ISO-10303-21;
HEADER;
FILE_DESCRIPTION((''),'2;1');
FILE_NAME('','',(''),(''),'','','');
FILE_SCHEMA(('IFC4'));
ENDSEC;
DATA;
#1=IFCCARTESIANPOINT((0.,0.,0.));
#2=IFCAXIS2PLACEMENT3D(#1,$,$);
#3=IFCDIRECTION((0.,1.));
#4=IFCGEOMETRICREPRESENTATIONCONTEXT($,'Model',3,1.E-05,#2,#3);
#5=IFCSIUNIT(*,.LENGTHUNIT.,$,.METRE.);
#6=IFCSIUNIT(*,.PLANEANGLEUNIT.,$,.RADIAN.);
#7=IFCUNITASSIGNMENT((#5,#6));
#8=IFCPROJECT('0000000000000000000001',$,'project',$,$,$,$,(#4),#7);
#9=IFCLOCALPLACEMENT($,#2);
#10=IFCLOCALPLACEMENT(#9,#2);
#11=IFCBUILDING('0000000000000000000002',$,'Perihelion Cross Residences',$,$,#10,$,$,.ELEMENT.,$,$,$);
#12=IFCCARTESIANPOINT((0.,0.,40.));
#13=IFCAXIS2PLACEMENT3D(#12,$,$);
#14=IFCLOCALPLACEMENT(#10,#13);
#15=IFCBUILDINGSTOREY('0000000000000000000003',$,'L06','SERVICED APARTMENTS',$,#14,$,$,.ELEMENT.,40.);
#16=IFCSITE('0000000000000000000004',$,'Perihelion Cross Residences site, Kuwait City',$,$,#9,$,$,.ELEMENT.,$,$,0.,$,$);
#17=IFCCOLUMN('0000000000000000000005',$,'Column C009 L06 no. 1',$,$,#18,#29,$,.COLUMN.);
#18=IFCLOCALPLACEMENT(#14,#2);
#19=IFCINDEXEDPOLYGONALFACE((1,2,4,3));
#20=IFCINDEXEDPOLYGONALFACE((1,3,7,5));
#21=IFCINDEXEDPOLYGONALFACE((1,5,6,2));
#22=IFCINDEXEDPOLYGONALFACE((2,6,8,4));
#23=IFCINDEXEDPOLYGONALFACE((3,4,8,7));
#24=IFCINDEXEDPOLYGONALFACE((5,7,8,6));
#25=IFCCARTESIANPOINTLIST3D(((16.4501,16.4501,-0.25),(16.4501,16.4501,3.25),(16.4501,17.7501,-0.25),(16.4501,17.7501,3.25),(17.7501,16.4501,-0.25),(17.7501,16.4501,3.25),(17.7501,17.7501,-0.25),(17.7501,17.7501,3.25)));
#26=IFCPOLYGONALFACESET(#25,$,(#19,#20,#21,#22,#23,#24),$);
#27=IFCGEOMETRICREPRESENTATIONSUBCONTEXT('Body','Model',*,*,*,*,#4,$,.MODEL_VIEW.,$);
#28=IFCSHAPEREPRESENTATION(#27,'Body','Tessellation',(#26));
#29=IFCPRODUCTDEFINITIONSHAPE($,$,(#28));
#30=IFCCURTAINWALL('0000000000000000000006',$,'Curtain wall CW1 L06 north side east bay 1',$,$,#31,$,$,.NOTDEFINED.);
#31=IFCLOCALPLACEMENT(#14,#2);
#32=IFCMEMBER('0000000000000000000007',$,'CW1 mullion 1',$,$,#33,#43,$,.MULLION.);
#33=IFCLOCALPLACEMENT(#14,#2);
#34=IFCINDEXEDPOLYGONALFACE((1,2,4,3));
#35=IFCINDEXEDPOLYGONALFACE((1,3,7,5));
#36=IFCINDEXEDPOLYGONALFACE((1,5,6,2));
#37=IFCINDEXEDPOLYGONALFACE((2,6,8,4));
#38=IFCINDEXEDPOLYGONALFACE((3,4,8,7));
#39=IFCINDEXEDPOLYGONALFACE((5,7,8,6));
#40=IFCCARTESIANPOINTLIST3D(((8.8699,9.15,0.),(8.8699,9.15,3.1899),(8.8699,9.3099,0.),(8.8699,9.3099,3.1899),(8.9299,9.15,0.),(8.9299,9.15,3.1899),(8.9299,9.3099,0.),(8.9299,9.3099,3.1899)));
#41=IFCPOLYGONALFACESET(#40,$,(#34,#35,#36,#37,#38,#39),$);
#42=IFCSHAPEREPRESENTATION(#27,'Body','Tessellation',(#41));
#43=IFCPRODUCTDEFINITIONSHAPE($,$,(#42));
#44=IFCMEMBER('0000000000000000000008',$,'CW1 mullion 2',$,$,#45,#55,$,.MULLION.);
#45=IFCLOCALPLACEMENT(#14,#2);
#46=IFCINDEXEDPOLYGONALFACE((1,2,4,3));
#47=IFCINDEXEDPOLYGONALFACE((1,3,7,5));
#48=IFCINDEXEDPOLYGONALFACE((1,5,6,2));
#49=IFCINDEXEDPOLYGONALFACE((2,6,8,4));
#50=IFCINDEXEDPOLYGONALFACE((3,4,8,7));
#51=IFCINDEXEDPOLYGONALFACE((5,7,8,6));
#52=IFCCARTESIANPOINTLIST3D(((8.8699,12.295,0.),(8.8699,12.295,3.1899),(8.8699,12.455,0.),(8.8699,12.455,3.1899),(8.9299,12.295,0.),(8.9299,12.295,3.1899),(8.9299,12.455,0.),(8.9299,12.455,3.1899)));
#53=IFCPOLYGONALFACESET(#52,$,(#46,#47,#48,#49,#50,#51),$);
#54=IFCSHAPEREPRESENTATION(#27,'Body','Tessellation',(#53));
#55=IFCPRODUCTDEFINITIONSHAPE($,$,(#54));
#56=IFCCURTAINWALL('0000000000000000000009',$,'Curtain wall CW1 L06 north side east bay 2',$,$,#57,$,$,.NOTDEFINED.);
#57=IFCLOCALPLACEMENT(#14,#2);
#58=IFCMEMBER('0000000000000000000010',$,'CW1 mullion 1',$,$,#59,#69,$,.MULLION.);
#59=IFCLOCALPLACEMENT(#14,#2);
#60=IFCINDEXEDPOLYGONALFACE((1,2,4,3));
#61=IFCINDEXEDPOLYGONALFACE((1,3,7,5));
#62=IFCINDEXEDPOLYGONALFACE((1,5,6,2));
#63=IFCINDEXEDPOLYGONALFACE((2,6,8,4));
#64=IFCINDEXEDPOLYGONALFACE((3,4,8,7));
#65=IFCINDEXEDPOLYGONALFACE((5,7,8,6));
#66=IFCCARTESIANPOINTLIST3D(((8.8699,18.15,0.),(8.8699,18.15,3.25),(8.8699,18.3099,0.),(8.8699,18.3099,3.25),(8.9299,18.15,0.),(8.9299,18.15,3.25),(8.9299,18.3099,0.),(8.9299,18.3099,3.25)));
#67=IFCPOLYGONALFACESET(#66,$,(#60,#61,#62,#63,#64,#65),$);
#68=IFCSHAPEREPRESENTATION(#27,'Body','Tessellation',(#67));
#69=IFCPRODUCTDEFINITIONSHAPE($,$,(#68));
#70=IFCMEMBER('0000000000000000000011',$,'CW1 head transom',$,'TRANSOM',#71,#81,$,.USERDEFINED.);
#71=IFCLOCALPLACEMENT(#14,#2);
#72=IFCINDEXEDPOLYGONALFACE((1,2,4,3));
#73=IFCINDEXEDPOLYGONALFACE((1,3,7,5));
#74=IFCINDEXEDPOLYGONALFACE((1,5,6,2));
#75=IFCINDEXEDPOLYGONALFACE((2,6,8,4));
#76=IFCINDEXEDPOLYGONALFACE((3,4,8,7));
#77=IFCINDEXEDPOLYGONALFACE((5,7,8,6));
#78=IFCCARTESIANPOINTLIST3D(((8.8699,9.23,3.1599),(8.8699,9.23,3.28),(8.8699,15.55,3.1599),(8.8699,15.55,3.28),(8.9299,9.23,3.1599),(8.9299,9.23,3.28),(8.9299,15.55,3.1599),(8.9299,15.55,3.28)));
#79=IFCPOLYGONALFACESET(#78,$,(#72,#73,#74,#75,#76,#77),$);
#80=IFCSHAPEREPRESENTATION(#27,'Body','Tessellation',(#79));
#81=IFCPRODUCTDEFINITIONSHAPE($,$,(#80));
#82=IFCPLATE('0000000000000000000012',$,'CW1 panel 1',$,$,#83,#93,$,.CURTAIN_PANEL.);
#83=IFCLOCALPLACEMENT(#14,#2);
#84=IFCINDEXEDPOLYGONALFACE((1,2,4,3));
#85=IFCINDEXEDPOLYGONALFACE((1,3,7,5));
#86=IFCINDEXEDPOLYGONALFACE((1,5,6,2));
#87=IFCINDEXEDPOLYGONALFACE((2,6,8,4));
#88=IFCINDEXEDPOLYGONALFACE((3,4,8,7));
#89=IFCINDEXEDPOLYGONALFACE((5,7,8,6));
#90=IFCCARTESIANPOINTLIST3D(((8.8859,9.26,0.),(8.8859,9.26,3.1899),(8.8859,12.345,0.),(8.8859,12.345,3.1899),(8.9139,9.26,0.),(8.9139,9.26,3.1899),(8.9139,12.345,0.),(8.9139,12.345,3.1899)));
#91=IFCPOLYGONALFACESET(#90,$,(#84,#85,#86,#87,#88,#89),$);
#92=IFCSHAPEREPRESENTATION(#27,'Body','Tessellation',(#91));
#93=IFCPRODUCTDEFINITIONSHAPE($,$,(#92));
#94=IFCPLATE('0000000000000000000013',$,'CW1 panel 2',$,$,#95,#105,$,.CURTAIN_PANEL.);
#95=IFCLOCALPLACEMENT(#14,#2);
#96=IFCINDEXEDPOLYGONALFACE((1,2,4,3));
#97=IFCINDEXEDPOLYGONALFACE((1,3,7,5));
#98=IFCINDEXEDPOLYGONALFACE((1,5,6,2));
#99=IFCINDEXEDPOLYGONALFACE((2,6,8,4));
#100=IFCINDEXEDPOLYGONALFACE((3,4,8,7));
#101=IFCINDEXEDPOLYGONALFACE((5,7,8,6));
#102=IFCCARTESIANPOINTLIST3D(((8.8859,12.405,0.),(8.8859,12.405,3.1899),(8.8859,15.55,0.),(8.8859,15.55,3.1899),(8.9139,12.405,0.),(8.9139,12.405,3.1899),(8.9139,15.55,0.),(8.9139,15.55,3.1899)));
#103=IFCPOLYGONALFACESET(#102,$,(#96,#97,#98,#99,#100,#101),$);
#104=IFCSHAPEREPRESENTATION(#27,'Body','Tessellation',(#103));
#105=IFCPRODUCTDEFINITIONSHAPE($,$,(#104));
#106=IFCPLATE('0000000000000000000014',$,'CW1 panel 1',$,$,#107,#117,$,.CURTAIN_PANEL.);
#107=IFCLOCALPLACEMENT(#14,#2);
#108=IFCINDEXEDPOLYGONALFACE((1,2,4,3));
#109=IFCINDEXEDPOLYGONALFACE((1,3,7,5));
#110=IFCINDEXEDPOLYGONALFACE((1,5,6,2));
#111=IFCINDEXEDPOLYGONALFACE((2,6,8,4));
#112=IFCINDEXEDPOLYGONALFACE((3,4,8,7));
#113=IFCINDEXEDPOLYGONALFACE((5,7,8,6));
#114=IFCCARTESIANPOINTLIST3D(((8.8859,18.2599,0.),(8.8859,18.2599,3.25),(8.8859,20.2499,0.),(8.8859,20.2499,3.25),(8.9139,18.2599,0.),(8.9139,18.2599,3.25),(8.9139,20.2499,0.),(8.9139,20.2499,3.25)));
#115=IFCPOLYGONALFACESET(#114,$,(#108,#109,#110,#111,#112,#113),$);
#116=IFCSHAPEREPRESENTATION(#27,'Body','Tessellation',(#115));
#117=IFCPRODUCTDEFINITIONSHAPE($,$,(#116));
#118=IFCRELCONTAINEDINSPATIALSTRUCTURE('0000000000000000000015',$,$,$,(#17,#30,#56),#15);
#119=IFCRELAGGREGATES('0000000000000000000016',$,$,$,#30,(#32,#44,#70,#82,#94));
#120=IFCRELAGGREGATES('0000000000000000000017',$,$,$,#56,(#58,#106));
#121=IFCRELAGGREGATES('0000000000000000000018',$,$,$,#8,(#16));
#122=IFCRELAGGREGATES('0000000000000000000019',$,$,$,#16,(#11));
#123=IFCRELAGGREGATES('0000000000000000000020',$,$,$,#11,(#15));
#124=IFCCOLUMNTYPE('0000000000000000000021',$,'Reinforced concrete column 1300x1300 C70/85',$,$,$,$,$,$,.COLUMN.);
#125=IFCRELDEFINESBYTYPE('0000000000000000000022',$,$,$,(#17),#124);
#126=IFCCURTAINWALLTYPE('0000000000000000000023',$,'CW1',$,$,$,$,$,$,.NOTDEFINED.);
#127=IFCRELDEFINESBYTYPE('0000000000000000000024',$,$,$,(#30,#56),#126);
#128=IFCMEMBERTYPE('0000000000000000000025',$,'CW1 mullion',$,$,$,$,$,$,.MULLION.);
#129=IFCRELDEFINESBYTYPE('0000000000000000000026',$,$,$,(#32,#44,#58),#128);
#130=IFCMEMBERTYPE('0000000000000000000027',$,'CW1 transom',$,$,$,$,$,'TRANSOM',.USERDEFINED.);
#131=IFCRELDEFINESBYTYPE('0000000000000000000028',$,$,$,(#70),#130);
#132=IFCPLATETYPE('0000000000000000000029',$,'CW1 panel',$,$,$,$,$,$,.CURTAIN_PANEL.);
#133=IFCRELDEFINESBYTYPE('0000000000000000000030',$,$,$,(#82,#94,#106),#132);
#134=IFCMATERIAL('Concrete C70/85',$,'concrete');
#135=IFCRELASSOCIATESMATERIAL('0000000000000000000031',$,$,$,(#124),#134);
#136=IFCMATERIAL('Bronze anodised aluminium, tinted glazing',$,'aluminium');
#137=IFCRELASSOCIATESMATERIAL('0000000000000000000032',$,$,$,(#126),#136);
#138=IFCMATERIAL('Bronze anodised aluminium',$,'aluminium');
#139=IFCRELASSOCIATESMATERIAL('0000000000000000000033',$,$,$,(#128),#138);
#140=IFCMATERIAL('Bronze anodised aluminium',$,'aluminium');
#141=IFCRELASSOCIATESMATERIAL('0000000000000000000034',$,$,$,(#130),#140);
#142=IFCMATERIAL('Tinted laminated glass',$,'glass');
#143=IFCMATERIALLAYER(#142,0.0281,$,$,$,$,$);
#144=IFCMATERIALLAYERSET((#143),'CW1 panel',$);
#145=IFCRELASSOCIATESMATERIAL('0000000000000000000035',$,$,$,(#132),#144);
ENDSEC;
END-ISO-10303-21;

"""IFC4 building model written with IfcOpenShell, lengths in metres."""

from ifc_helpers import new_model, si_unit, direction, frame, origin, origin_2d, place, context, subcontext, project, spatial, rectangle, extrude, material, layer, layer_set, material_profile, profile_set, type_object, element, aggregate, save


model = new_model("IFC4")

# Units and contexts
model_context = context("Model", 3, precision=1e-05, world=origin(), true_north=direction((0.0, 1.0)))
body_context = subcontext(model_context, "Body", "Model", "MODEL_VIEW")
ifc_project = project(units=[si_unit("LENGTHUNIT", "METRE"), si_unit("PLANEANGLEUNIT", "RADIAN")], contexts=[model_context])

# Site, building, storey
site_placement = place(None, origin())
site = spatial("IfcSite", under=ifc_project, at=site_placement, Name="Perihelion Cross Residences site, Kuwait City", CompositionType="ELEMENT", RefElevation=0.0)
building_placement = place(site_placement, origin())
building = spatial("IfcBuilding", under=site, at=building_placement, Name="Perihelion Cross Residences", CompositionType="ELEMENT")
storey_placement = place(building_placement, frame((0.0, 0.0, 40.0)))
storey = spatial("IfcBuildingStorey", under=building, at=storey_placement, Name="L06", Description="SERVICED APARTMENTS", CompositionType="ELEMENT", Elevation=40.0)

# Column
ifc_material_1 = material(Name="Concrete C70/85", Category="concrete")
ifc_material_profile_1 = material_profile(ifc_material_1, rectangle(XDim=1.3, YDim=1.3, at=origin_2d()), Name="RC 1300x1300")
ifc_profile_set_1 = profile_set([ifc_material_profile_1], Name="Concrete C70/85")
column_type = type_object("IfcColumnType", Name="Reinforced concrete column 1300x1300 C70/85", PredefinedType="COLUMN", material=ifc_profile_set_1)
column_placement = place(storey_placement, frame((17.1001, 17.1001, -0.25), z_axis=(0.0, 0.0, 1.0), x_axis=(1.0, 0.0, 0.0)))
element("IfcColumn", 1, at=column_placement, inside=storey, type_object=column_type, Name="Column C009 L06 no. 1", PredefinedType="COLUMN", context=body_context, shape_type="SweptSolid", body=[
    extrude(rectangle(XDim=1.3, YDim=1.3, at=origin_2d()), origin(), (0.0, 0.0, 1.0), 3.5),
])

# Curtain wall, members
ifc_material_2 = material(Name="Bronze anodised aluminium, tinted glazing", Category="aluminium")
curtain_wall_type = type_object("IfcCurtainWallType", Name="CW1", PredefinedType="NOTDEFINED", material=ifc_material_2)
curtain_wall_1_placement = place(storey_placement, origin())
curtain_wall_1 = element("IfcCurtainWall", 2, at=curtain_wall_1_placement, inside=storey, type_object=curtain_wall_type, Name="Curtain wall CW1 L06 north side east bay 1", PredefinedType="NOTDEFINED")
ifc_material_3 = material(Name="Bronze anodised aluminium", Category="aluminium")
ifc_material_profile_2 = material_profile(ifc_material_3, rectangle(XDim=0.0601, YDim=0.1599, at=origin_2d()), Name="CW1 mullion")
ifc_profile_set_2 = profile_set([ifc_material_profile_2], Name="Bronze anodised aluminium")
member_type_1 = type_object("IfcMemberType", Name="CW1 mullion", PredefinedType="MULLION", material=ifc_profile_set_2)
member_1_placement = place(storey_placement, frame((8.8999, 9.23, 0.0), z_axis=(0.0, 0.0, 1.0), x_axis=(-1.0, 0.0, 0.0)))
member_1 = element("IfcMember", 3, at=member_1_placement, type_object=member_type_1, Name="CW1 mullion 1", PredefinedType="MULLION", context=body_context, shape_type="SweptSolid", body=[
    extrude(rectangle(XDim=0.0601, YDim=0.1599, at=origin_2d()), origin(), (0.0, 0.0, 1.0), 3.1899),
])
member_2_placement = place(storey_placement, frame((8.8999, 12.375, 0.0), z_axis=(0.0, 0.0, 1.0), x_axis=(-1.0, 0.0, 0.0)))
member_2 = element("IfcMember", 4, at=member_2_placement, type_object=member_type_1, Name="CW1 mullion 2", PredefinedType="MULLION", context=body_context, shape_type="SweptSolid", body=[
    extrude(rectangle(XDim=0.0601, YDim=0.1599, at=origin_2d()), origin(), (0.0, 0.0, 1.0), 3.1899),
])

# Curtain wall, member
curtain_wall_2_placement = place(storey_placement, origin())
curtain_wall_2 = element("IfcCurtainWall", 5, at=curtain_wall_2_placement, inside=storey, type_object=curtain_wall_type, Name="Curtain wall CW1 L06 north side east bay 2", PredefinedType="NOTDEFINED")
member_3_placement = place(storey_placement, frame((8.8999, 18.23, 0.0), z_axis=(0.0, 0.0, 1.0), x_axis=(-1.0, 0.0, 0.0)))
member_3 = element("IfcMember", 6, at=member_3_placement, type_object=member_type_1, Name="CW1 mullion 1", PredefinedType="MULLION", context=body_context, shape_type="SweptSolid", body=[
    extrude(rectangle(XDim=0.0601, YDim=0.1599, at=origin_2d()), origin(), (0.0, 0.0, 1.0), 3.25),
])

# Member
ifc_material_4 = material(Name="Bronze anodised aluminium", Category="aluminium")
ifc_material_profile_3 = material_profile(ifc_material_4, rectangle(XDim=0.0601, YDim=0.1201, at=origin_2d()), Name="CW1 transom")
ifc_profile_set_3 = profile_set([ifc_material_profile_3], Name="Bronze anodised aluminium")
member_type_2 = type_object("IfcMemberType", Name="CW1 transom", ElementType="TRANSOM", PredefinedType="USERDEFINED", material=ifc_profile_set_3)
member_4_placement = place(storey_placement, frame((8.8999, 9.23, 3.22), z_axis=(0.0, 1.0, 0.0), x_axis=(-1.0, 0.0, 0.0)))
member_4 = element("IfcMember", 7, at=member_4_placement, type_object=member_type_2, Name="CW1 head transom", ObjectType="TRANSOM", PredefinedType="USERDEFINED", context=body_context, shape_type="SweptSolid", body=[
    extrude(rectangle(XDim=0.0601, YDim=0.1201, at=origin_2d()), origin(), (0.0, 0.0, 1.0), 6.3201),
])

# Plates
ifc_material_5 = material(Name="Tinted laminated glass", Category="glass")
ifc_layer_1 = layer(ifc_material_5, 0.0281)
ifc_layer_set_1 = layer_set([ifc_layer_1], Name="CW1 panel")
plate_type = type_object("IfcPlateType", Name="CW1 panel", PredefinedType="CURTAIN_PANEL", material=ifc_layer_set_1)
plate_1_placement = place(storey_placement, frame((8.8999, 10.8025, 0.0), z_axis=(0.0, 0.0, 1.0), x_axis=(0.0, 1.0, 0.0)))
plate_1 = element("IfcPlate", 8, at=plate_1_placement, type_object=plate_type, Name="CW1 panel 1", PredefinedType="CURTAIN_PANEL", context=body_context, shape_type="SweptSolid", body=[
    extrude(rectangle(XDim=3.085, YDim=0.0281, at=origin_2d()), origin(), (0.0, 0.0, 1.0), 3.1899),
])
plate_2_placement = place(storey_placement, frame((8.8999, 13.9775, 0.0), z_axis=(0.0, 0.0, 1.0), x_axis=(0.0, 1.0, 0.0)))
plate_2 = element("IfcPlate", 9, at=plate_2_placement, type_object=plate_type, Name="CW1 panel 2", PredefinedType="CURTAIN_PANEL", context=body_context, shape_type="SweptSolid", body=[
    extrude(rectangle(XDim=3.145, YDim=0.0281, at=origin_2d()), origin(), (0.0, 0.0, 1.0), 3.1899),
])
aggregate(curtain_wall_1, [member_1, member_2, member_4, plate_1, plate_2])
plate_3_placement = place(storey_placement, frame((8.8999, 19.2549, 0.0), z_axis=(0.0, 0.0, 1.0), x_axis=(0.0, 1.0, 0.0)))
plate_3 = element("IfcPlate", 10, at=plate_3_placement, type_object=plate_type, Name="CW1 panel 1", PredefinedType="CURTAIN_PANEL", context=body_context, shape_type="SweptSolid", body=[
    extrude(rectangle(XDim=1.99, YDim=0.0281, at=origin_2d()), origin(), (0.0, 0.0, 1.0), 3.25),
])
aggregate(curtain_wall_2, [member_3, plate_3])

save(model, "model.ifc")
